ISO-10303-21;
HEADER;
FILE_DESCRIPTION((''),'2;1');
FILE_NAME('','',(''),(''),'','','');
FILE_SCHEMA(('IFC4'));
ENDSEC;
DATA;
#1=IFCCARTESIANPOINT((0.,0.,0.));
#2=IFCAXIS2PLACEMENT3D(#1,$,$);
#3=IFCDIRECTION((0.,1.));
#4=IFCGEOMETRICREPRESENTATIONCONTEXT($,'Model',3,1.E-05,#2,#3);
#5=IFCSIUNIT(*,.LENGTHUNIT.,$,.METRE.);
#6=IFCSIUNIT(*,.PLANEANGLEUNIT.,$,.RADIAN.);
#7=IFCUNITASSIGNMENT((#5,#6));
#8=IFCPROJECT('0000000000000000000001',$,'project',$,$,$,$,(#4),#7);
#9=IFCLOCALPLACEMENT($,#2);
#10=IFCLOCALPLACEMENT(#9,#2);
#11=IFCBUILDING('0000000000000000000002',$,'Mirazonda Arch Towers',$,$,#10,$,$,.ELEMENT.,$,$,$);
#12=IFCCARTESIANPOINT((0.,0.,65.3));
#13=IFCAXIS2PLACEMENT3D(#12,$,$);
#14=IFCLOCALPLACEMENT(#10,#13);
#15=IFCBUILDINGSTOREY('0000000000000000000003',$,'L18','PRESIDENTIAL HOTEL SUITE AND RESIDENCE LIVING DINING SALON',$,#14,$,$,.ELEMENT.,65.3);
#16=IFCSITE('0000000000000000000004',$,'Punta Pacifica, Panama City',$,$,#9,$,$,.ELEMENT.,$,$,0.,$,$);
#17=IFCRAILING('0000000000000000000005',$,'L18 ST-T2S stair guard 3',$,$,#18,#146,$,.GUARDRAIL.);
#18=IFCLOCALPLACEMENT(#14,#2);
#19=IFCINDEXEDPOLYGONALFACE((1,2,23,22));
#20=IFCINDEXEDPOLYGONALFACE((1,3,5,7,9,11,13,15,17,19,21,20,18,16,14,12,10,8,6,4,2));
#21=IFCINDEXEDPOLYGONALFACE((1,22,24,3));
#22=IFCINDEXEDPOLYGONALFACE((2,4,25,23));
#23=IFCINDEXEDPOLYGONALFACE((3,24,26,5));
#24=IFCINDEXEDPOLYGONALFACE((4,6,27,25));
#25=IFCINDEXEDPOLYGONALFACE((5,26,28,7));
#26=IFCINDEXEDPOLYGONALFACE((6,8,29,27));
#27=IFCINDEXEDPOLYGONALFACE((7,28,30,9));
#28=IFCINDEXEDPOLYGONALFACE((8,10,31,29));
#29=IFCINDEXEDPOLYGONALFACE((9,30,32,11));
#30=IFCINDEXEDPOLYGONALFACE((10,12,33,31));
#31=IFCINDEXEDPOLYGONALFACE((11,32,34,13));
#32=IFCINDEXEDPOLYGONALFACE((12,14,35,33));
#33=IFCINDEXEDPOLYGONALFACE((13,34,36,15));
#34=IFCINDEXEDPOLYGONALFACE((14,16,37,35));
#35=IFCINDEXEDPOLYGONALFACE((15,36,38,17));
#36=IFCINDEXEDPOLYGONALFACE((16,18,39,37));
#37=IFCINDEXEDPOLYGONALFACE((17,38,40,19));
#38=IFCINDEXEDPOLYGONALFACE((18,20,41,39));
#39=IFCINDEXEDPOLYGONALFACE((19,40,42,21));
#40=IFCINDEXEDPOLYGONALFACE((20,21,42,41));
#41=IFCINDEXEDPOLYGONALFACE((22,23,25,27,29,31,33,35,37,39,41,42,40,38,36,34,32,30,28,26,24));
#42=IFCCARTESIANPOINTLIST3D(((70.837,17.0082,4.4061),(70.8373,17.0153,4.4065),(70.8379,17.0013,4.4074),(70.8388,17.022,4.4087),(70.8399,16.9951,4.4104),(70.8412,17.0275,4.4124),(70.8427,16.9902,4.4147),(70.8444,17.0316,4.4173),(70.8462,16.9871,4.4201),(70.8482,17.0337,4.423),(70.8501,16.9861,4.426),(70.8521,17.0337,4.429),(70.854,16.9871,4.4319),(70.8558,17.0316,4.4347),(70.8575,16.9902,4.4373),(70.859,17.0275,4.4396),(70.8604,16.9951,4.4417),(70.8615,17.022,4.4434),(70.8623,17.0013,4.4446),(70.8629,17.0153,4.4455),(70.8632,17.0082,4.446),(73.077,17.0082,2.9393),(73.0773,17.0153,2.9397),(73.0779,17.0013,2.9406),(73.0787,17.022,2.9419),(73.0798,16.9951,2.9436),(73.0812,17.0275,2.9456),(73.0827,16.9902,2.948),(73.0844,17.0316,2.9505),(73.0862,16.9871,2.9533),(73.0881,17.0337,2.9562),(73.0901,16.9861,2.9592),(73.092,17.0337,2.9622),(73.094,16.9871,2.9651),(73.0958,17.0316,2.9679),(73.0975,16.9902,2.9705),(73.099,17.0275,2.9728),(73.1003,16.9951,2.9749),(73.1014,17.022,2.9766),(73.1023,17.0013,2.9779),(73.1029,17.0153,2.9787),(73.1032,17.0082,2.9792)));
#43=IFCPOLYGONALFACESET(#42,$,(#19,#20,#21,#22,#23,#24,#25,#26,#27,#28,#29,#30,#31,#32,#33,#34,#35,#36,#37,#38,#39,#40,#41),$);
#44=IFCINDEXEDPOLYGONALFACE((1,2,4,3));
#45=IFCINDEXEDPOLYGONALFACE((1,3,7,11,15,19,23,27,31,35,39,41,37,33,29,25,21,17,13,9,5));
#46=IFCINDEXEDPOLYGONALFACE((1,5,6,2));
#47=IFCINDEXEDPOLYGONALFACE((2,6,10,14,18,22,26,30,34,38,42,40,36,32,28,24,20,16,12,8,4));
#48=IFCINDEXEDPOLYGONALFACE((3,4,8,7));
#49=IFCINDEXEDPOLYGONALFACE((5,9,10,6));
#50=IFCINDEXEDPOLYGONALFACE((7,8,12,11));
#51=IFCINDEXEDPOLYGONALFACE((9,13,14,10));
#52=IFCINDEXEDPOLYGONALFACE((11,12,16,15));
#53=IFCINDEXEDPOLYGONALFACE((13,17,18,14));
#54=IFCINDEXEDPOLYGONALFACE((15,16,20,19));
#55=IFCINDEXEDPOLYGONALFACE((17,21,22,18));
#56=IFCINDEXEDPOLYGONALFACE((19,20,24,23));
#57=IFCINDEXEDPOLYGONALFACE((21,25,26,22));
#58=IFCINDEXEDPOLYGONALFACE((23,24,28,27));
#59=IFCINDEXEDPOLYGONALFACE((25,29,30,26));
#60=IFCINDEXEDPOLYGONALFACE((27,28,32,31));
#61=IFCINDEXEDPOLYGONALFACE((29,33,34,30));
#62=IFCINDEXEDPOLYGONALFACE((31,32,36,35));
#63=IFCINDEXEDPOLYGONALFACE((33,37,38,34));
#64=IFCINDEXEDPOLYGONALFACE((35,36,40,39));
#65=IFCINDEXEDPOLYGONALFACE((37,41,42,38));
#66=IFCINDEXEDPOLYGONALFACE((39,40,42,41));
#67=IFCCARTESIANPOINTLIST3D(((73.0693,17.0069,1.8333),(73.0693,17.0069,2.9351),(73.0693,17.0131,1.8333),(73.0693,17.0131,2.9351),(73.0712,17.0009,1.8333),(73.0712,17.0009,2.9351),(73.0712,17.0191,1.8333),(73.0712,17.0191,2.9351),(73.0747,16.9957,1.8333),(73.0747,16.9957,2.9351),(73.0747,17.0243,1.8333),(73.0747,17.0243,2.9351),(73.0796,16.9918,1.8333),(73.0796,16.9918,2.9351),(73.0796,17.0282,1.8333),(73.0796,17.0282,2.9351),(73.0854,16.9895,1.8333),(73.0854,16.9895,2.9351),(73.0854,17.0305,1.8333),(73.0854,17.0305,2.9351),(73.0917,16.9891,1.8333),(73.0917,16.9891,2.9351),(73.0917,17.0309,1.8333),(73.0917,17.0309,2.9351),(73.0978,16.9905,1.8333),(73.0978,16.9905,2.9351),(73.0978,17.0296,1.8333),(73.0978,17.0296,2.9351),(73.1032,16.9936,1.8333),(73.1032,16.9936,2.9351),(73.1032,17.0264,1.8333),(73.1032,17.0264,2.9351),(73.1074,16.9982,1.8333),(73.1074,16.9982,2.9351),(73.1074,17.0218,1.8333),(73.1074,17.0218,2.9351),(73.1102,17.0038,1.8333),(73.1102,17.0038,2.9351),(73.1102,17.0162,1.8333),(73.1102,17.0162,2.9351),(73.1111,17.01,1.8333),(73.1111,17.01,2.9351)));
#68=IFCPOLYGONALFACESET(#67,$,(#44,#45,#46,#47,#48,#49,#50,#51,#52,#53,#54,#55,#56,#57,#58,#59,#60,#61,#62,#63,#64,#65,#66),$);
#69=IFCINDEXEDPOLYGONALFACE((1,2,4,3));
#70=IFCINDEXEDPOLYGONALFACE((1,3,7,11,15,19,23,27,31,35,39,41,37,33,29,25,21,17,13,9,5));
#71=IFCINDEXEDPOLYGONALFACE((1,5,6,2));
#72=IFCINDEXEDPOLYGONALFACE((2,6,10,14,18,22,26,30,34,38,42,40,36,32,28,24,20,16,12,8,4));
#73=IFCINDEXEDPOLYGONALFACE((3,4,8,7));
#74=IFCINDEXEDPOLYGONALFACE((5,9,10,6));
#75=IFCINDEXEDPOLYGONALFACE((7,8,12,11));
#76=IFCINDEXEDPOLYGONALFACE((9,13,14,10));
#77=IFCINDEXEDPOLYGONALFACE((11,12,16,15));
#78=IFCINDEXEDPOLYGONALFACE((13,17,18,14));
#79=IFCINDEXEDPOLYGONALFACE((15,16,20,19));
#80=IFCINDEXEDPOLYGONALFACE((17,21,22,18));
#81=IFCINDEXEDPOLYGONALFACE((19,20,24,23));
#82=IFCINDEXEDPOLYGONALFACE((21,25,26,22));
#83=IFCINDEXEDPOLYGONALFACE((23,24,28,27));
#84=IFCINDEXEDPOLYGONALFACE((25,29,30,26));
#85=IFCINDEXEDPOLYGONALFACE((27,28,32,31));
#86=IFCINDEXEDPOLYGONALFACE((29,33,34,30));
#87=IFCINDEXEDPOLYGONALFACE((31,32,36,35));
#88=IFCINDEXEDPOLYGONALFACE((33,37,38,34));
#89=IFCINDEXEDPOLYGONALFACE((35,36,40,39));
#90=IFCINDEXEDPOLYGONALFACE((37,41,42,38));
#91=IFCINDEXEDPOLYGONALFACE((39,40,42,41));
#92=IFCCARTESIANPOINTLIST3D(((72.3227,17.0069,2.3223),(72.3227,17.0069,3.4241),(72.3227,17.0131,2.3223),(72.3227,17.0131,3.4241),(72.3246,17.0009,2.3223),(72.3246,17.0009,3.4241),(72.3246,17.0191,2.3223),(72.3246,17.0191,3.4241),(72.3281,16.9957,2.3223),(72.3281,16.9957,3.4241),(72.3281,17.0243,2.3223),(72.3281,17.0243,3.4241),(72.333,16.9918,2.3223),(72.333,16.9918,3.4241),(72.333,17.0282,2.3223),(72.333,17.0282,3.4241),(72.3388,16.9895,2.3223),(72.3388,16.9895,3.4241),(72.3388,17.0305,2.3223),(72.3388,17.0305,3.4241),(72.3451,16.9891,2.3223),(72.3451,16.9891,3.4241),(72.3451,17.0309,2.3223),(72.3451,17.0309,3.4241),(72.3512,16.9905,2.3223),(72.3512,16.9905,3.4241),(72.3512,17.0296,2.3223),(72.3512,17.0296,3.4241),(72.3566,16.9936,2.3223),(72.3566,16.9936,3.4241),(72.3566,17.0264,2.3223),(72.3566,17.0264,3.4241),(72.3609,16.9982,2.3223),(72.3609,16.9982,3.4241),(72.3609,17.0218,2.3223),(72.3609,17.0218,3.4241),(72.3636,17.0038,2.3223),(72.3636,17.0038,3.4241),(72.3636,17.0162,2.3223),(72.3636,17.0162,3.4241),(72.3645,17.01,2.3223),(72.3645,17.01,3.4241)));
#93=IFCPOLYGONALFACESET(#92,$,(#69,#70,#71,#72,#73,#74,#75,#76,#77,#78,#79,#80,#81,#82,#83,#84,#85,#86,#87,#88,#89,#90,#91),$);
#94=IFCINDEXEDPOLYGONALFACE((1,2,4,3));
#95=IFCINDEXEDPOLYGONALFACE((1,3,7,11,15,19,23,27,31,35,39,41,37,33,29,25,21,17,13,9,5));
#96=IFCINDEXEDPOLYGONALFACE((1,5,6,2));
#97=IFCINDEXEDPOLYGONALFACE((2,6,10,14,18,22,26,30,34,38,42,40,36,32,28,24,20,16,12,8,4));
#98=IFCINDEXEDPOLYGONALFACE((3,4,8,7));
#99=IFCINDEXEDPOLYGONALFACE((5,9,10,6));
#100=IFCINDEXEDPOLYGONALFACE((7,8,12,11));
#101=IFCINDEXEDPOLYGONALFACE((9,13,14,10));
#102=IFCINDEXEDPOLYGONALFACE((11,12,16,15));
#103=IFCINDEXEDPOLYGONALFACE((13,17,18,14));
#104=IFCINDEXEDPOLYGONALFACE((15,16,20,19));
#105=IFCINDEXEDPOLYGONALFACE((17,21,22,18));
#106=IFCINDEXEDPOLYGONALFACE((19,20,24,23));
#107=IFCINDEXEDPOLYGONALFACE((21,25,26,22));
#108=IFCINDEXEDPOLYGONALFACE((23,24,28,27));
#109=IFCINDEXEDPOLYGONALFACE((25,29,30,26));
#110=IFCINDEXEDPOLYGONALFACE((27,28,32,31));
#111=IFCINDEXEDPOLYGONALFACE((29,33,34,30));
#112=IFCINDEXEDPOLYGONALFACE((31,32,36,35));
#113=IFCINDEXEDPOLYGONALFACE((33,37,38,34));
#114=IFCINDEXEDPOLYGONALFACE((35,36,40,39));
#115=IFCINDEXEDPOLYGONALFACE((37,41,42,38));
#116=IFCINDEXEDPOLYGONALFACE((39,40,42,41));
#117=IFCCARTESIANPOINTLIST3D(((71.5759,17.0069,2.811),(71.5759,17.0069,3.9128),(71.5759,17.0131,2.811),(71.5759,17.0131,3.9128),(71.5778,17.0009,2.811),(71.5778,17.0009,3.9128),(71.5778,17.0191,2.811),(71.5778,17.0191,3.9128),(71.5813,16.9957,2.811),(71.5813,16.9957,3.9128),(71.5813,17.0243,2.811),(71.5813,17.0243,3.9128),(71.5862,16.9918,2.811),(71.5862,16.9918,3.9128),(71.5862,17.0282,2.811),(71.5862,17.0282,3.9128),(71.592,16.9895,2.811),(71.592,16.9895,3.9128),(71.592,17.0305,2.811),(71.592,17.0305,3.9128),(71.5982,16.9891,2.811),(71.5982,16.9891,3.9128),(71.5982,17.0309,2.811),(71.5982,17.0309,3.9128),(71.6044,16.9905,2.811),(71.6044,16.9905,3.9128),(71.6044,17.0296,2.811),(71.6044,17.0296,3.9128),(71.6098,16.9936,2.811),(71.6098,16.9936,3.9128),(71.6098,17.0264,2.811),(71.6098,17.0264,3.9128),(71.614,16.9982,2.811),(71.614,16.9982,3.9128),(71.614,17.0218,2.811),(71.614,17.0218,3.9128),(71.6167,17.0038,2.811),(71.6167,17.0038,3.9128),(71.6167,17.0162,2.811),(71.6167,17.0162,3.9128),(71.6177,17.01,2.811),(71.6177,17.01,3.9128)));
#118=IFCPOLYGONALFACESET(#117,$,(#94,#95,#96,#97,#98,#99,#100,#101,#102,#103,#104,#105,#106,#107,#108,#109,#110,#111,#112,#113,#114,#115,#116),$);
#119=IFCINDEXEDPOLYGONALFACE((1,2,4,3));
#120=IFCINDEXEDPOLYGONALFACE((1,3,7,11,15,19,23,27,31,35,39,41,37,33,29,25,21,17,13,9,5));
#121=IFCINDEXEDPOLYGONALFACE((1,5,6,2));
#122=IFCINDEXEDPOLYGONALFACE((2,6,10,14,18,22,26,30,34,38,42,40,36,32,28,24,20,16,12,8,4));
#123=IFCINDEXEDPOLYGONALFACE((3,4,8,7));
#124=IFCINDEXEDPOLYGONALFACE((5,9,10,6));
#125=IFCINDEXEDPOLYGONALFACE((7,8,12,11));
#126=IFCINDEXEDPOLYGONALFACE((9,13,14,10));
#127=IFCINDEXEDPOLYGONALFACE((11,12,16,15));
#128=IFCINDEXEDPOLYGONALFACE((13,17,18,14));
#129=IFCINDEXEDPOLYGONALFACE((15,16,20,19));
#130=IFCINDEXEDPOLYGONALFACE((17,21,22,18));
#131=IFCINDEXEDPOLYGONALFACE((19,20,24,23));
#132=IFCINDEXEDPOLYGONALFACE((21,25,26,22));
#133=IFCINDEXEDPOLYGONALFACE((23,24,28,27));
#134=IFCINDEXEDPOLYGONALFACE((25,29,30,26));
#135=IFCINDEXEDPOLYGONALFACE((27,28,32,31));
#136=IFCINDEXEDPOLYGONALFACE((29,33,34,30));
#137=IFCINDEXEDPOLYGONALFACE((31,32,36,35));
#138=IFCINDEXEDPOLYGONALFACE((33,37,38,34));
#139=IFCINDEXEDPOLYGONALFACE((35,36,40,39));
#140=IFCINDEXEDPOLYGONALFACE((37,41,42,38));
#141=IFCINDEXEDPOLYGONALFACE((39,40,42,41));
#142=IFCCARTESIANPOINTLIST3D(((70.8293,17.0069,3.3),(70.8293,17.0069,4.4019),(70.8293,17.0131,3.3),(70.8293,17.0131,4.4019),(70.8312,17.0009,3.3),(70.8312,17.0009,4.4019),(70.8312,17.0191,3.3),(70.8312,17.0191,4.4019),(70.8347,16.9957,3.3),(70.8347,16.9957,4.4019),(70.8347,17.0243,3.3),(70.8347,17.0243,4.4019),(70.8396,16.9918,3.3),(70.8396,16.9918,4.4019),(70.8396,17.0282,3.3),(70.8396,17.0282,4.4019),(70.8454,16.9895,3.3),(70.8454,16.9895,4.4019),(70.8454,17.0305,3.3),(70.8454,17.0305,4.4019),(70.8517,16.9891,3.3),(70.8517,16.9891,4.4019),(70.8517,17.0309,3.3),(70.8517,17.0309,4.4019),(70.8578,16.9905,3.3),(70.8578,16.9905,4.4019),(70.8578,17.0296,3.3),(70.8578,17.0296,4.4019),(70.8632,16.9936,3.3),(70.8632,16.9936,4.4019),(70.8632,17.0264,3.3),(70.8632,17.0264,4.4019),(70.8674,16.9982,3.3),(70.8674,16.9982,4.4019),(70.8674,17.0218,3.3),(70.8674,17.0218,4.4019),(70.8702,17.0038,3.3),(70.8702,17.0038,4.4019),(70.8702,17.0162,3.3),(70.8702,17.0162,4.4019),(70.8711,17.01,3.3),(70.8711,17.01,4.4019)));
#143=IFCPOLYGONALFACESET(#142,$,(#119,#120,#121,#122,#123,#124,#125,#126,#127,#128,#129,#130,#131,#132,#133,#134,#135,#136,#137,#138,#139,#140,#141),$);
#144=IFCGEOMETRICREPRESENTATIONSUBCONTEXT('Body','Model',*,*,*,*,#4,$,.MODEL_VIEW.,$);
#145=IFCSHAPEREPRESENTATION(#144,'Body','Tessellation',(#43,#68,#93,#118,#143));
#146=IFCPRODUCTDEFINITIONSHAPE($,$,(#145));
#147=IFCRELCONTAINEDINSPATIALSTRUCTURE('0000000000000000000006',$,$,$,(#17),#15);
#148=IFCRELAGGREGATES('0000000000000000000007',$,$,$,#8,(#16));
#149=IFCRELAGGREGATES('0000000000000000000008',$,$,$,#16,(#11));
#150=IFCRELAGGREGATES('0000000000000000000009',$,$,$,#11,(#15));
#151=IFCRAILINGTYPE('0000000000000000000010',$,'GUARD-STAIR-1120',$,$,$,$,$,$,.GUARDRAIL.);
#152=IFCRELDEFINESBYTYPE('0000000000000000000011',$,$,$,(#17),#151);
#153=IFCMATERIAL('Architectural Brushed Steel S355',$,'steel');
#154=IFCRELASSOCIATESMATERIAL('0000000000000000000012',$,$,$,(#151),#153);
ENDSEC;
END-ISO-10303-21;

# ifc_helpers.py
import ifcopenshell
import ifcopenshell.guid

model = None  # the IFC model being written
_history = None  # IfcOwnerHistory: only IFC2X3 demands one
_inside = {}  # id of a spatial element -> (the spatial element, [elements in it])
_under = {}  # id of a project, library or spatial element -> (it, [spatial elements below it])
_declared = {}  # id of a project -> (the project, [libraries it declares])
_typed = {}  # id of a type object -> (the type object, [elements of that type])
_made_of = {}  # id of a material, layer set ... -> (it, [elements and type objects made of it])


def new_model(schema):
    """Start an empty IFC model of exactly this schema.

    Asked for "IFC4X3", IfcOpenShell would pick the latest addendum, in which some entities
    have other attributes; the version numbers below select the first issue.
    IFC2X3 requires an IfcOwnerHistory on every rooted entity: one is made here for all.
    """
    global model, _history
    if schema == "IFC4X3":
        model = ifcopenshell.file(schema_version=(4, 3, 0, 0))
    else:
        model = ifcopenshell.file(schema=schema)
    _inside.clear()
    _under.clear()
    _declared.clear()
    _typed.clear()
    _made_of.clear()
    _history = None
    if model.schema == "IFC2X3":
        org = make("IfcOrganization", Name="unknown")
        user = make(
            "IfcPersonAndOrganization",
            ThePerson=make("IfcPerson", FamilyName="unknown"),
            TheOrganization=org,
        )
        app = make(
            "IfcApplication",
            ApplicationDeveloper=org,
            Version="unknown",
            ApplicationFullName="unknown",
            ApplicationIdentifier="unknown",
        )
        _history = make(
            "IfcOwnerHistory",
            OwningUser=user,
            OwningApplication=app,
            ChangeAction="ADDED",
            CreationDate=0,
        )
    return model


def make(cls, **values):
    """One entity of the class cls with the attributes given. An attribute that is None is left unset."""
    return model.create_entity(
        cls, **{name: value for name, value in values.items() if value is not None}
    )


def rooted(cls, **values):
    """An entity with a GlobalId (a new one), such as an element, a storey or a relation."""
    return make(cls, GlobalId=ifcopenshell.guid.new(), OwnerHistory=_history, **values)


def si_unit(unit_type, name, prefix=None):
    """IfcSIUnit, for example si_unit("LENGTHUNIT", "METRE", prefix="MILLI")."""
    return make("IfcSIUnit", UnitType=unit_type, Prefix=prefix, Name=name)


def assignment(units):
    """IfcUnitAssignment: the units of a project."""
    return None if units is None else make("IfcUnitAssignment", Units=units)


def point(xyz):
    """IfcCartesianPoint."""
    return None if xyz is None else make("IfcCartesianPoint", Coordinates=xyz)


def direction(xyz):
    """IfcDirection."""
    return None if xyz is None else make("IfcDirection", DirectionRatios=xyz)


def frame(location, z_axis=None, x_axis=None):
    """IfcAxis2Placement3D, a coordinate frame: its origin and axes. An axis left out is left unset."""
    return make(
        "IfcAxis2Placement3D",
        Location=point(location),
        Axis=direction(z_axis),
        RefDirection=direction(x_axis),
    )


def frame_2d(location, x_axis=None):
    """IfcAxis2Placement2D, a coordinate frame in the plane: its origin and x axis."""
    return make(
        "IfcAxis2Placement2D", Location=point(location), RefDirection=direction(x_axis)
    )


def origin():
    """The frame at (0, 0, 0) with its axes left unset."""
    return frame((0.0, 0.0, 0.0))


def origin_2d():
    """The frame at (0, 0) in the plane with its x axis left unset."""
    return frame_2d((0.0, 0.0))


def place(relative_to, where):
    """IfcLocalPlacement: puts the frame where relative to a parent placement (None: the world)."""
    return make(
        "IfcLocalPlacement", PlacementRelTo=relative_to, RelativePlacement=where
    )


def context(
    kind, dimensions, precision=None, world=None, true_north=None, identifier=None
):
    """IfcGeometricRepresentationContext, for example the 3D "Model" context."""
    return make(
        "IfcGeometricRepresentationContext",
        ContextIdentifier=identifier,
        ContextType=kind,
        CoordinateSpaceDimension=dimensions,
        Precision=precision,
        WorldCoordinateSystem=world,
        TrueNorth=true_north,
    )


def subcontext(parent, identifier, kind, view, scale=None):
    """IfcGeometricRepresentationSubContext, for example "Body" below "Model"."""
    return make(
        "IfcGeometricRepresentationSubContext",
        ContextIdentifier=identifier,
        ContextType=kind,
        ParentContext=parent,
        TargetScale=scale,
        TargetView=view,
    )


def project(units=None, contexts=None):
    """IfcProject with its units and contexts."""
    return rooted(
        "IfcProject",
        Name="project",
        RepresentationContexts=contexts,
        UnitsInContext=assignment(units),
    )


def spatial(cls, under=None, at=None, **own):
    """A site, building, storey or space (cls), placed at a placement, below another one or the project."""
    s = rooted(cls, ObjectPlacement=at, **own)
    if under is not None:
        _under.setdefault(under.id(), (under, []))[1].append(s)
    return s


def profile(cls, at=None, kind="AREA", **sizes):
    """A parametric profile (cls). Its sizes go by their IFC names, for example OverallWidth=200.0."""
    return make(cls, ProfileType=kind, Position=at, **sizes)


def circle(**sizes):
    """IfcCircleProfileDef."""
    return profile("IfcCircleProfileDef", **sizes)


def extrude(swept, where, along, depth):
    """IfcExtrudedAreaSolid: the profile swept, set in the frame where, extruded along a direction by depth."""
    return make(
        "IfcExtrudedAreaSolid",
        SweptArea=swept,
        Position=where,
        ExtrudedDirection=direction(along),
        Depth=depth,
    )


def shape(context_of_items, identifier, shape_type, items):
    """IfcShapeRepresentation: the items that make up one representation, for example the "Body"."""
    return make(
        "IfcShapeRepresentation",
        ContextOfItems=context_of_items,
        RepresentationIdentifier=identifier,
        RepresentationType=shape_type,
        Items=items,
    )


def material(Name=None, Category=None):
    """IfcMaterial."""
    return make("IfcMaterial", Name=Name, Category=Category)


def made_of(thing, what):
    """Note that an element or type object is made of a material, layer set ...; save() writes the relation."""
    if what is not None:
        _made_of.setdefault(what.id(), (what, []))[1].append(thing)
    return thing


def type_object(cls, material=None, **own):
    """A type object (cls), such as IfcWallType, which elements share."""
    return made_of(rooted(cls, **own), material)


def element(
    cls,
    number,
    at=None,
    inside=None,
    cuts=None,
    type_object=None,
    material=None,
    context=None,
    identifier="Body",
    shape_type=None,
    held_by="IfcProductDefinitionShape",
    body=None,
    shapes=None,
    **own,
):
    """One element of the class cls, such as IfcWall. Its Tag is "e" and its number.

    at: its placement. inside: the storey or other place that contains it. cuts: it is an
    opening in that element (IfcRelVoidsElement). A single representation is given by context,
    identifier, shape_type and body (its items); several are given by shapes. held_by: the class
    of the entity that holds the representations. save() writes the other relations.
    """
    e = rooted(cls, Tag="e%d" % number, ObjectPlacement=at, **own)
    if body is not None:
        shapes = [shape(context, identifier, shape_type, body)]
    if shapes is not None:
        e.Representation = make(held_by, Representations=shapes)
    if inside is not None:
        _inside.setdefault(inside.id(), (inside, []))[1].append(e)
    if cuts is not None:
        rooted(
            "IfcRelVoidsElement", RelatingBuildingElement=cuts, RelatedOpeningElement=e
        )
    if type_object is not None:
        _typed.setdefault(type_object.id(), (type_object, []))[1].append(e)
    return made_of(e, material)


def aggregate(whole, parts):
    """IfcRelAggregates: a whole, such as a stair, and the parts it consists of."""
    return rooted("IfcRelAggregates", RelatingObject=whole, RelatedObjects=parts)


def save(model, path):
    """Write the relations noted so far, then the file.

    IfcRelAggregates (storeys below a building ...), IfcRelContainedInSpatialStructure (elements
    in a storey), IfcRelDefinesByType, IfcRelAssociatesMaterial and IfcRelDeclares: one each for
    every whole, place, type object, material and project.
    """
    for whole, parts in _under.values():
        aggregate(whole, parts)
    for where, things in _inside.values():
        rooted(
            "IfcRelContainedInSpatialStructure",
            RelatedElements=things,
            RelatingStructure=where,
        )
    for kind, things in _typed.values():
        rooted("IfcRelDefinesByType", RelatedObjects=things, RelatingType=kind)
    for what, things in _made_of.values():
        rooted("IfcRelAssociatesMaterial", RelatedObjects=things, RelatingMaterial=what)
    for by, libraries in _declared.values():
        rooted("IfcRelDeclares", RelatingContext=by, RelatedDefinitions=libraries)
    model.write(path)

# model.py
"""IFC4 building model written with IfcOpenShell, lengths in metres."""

from ifc_helpers import new_model, si_unit, direction, frame, origin, origin_2d, place, context, subcontext, project, spatial, circle, extrude, material, type_object, element, save


model = new_model("IFC4")

# Units and contexts
model_context = context("Model", 3, precision=1e-05, world=origin(), true_north=direction((0.0, 1.0)))
body_context = subcontext(model_context, "Body", "Model", "MODEL_VIEW")
ifc_project = project(units=[si_unit("LENGTHUNIT", "METRE"), si_unit("PLANEANGLEUNIT", "RADIAN")], contexts=[model_context])

# Site, building, storey
site_placement = place(None, origin())
site = spatial("IfcSite", under=ifc_project, at=site_placement, Name="Punta Pacifica, Panama City", CompositionType="ELEMENT", RefElevation=0.0)
building_placement = place(site_placement, origin())
building = spatial("IfcBuilding", under=site, at=building_placement, Name="Mirazonda Arch Towers", CompositionType="ELEMENT")
storey_placement = place(building_placement, frame((0.0, 0.0, 65.3)))
storey = spatial("IfcBuildingStorey", under=building, at=storey_placement, Name="L18", Description="PRESIDENTIAL HOTEL SUITE AND RESIDENCE LIVING DINING SALON", CompositionType="ELEMENT", Elevation=65.3)

# Railing
ifc_material_1 = material(Name="Architectural Brushed Steel S355", Category="steel")
railing_type_1 = type_object("IfcRailingType", Name="GUARD-STAIR-1120", PredefinedType="GUARDRAIL", material=ifc_material_1)
railing_1_placement = place(storey_placement, frame((73.0901, 17.01, 1.8333)))
element("IfcRailing", 1, at=railing_1_placement, inside=storey, type_object=railing_type_1, Name="L18 ST-T2S stair guard 3", PredefinedType="GUARDRAIL", context=body_context, shape_type="SweptSolid", body=[
    extrude(circle(Radius=0.0239, at=origin_2d()), frame((0.0, 0.0, 1.126), z_axis=(-0.836595, 0.0, 0.547822), x_axis=(0.0, -1.0, 0.0)), (0.0, 0.0, 1.0), 2.6775),
    extrude(circle(Radius=0.021, at=origin_2d()), origin(), (0.0, 0.0, 1.0), 1.1018),
    extrude(circle(Radius=0.021, at=origin_2d()), frame((-0.7466, 0.0, 0.489)), (0.0, 0.0, 1.0), 1.1018),
    extrude(circle(Radius=0.021, at=origin_2d()), frame((-1.4934, 0.0, 0.9778)), (0.0, 0.0, 1.0), 1.1018),
    extrude(circle(Radius=0.021, at=origin_2d()), frame((-2.24, 0.0, 1.4668)), (0.0, 0.0, 1.0), 1.1018),
])

save(model, "model.ifc")
